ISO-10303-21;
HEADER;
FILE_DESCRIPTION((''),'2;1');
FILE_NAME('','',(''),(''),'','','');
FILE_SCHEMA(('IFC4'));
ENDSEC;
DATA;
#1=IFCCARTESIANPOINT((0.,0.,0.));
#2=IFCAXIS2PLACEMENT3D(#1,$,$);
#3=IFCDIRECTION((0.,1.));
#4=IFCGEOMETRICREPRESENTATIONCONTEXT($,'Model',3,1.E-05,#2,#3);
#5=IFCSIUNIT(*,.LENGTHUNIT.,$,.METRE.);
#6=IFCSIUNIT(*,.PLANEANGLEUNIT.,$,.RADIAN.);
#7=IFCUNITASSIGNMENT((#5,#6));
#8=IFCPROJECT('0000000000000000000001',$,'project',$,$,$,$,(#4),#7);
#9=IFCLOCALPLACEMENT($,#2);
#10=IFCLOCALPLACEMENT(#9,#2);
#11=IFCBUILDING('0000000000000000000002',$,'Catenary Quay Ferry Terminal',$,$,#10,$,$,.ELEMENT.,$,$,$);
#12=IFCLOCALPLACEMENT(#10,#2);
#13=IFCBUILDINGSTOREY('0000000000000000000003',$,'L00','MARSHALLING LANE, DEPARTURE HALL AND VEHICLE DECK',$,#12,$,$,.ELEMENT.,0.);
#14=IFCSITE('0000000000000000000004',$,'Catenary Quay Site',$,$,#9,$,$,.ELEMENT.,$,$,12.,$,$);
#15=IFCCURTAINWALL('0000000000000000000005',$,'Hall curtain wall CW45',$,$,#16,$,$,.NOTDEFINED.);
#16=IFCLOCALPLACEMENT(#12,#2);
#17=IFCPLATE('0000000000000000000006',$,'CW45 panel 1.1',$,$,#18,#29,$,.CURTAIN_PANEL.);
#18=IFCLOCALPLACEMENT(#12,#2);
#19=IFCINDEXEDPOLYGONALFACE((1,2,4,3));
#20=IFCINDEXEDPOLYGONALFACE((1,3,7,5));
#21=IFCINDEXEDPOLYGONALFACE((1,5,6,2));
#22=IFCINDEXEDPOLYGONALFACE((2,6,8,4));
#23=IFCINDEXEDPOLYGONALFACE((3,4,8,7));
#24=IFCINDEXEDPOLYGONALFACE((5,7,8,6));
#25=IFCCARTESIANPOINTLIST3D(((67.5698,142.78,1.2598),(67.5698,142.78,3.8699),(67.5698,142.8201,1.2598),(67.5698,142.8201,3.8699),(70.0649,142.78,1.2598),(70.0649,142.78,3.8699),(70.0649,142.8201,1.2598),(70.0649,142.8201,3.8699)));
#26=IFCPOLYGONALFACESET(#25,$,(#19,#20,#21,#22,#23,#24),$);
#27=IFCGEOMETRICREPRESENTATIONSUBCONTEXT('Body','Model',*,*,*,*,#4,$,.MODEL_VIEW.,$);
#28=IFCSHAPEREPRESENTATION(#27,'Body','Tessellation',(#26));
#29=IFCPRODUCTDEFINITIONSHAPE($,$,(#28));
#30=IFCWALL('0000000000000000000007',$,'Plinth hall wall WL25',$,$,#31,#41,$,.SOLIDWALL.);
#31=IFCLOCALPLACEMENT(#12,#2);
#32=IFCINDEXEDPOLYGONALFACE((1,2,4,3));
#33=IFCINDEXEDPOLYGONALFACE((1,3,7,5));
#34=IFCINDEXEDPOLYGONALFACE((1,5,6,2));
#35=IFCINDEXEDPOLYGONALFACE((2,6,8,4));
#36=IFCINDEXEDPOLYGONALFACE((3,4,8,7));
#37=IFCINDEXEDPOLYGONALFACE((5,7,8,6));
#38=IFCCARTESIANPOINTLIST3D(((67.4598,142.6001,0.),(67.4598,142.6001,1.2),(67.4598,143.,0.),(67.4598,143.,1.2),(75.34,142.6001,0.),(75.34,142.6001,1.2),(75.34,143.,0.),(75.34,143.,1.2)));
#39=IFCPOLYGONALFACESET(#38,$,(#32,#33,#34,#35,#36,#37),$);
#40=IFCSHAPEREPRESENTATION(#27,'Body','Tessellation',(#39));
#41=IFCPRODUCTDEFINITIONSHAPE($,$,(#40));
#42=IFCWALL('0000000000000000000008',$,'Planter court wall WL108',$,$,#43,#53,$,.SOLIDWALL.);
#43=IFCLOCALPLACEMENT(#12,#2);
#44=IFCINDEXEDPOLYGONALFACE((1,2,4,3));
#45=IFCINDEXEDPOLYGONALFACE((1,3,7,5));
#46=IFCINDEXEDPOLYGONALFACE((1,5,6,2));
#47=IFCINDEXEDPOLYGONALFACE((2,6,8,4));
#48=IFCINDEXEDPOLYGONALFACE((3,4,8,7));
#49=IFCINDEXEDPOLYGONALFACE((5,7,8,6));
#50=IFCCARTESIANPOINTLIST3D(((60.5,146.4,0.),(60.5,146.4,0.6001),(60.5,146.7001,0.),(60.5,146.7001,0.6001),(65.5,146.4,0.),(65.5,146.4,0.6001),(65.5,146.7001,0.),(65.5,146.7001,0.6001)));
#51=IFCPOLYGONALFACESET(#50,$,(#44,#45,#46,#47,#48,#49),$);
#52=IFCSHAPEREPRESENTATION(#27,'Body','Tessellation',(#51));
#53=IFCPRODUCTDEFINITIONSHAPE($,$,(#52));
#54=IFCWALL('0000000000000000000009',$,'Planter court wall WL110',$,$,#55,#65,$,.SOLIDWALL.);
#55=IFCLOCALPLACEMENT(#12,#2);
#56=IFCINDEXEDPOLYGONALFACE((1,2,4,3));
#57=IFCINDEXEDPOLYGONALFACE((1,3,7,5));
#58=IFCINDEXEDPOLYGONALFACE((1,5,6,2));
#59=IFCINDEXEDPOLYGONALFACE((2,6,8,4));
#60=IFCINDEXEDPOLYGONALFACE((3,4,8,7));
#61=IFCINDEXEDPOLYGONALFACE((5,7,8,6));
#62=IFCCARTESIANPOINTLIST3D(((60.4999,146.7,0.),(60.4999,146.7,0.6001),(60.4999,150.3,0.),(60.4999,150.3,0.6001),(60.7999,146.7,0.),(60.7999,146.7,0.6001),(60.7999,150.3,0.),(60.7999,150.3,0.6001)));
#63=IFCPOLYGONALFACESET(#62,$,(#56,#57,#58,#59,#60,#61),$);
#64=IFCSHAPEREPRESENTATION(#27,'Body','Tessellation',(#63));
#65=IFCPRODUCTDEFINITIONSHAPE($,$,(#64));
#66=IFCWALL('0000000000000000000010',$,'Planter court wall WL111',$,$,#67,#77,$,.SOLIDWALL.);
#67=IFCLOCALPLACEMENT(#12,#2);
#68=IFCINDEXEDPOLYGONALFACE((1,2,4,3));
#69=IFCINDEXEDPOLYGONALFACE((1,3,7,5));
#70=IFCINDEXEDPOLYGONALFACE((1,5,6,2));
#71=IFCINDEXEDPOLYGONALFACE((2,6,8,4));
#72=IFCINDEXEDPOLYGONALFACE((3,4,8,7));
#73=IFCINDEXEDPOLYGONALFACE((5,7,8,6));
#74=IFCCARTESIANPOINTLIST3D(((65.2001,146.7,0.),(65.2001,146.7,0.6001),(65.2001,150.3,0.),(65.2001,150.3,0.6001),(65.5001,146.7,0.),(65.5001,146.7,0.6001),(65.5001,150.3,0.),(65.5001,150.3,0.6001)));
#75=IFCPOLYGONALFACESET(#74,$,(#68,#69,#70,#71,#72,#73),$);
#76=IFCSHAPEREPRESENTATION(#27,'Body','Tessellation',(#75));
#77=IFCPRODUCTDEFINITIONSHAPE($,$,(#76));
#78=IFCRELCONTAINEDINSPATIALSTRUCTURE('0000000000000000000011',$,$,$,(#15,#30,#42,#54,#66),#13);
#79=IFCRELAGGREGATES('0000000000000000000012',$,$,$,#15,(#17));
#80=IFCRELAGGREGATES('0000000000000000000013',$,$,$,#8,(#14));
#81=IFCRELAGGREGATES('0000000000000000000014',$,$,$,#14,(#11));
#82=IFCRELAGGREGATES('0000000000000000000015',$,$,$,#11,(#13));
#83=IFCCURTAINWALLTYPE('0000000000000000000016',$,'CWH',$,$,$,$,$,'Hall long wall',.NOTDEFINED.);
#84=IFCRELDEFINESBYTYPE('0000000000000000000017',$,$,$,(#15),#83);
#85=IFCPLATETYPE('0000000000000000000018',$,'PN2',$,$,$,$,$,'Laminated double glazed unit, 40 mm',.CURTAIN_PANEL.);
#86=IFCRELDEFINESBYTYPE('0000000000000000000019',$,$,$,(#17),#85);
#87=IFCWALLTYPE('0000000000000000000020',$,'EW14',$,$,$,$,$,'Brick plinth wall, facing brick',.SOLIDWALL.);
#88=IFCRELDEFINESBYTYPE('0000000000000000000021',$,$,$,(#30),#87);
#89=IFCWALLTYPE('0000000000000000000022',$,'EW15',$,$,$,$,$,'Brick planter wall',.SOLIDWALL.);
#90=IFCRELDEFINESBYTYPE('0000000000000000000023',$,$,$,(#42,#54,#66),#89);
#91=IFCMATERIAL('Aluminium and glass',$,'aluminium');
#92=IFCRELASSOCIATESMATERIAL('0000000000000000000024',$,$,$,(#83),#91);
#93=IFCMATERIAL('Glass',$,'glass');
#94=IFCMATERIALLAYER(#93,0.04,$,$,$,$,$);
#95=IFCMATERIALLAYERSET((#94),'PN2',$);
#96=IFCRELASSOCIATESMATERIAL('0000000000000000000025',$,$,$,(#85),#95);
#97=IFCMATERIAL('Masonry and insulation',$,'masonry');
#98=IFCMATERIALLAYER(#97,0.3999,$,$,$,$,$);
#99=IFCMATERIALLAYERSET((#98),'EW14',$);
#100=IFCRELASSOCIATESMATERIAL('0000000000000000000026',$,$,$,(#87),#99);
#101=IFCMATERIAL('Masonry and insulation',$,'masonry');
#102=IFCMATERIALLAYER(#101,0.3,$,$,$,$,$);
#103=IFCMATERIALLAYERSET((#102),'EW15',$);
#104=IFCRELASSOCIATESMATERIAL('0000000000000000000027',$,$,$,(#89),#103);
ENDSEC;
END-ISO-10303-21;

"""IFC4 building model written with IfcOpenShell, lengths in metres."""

from ifc_helpers import new_model, si_unit, direction, frame, frame_2d, origin, origin_2d, place, context, subcontext, project, spatial, rectangle, extrude, material, layer, layer_set, type_object, element, aggregate, save


model = new_model("IFC4")

# Units and contexts
model_context = context("Model", 3, precision=1e-05, world=origin(), true_north=direction((0.0, 1.0)))
body_context = subcontext(model_context, "Body", "Model", "MODEL_VIEW")
ifc_project = project(units=[si_unit("LENGTHUNIT", "METRE"), si_unit("PLANEANGLEUNIT", "RADIAN")], contexts=[model_context])

# Site, building, storey
site_placement = place(None, origin())
site = spatial("IfcSite", under=ifc_project, at=site_placement, Name="Catenary Quay Site", CompositionType="ELEMENT", RefElevation=12.0)
building_placement = place(site_placement, origin())
building = spatial("IfcBuilding", under=site, at=building_placement, Name="Catenary Quay Ferry Terminal", CompositionType="ELEMENT")
storey_placement = place(building_placement, origin())
storey = spatial("IfcBuildingStorey", under=building, at=storey_placement, Name="L00", Description="MARSHALLING LANE, DEPARTURE HALL AND VEHICLE DECK", CompositionType="ELEMENT", Elevation=0.0)

# Shared definitions
ifc_material_1 = material(Name="Aluminium and glass", Category="aluminium")
curtain_wall_type = type_object("IfcCurtainWallType", Name="CWH", ElementType="Hall long wall", PredefinedType="NOTDEFINED", material=ifc_material_1)

# Curtain wall
curtain_wall_1_placement = place(storey_placement, origin())
curtain_wall_1 = element("IfcCurtainWall", 1, at=curtain_wall_1_placement, inside=storey, type_object=curtain_wall_type, Name="Hall curtain wall CW45", PredefinedType="NOTDEFINED")

# Plate
ifc_material_2 = material(Name="Glass", Category="glass")
ifc_layer_1 = layer(ifc_material_2, 0.04)
ifc_layer_set_1 = layer_set([ifc_layer_1], Name="PN2")
plate_type = type_object("IfcPlateType", Name="PN2", ElementType="Laminated double glazed unit, 40 mm", PredefinedType="CURTAIN_PANEL", material=ifc_layer_set_1)
plate_1_placement = place(storey_placement, frame((68.8174, 142.8, 1.2598), z_axis=(0.0, 0.0, 1.0), x_axis=(1.0, 0.0, 0.0)))
plate_1 = element("IfcPlate", 2, at=plate_1_placement, type_object=plate_type, Name="CW45 panel 1.1", PredefinedType="CURTAIN_PANEL", context=body_context, shape_type="SweptSolid", body=[
    extrude(rectangle(XDim=2.4951, YDim=0.04, at=origin_2d()), origin(), (0.0, 0.0, 1.0), 2.6101),
])
aggregate(curtain_wall_1, [plate_1])

# Walls
ifc_material_3 = material(Name="Masonry and insulation", Category="masonry")
ifc_layer_2 = layer(ifc_material_3, 0.3999)
ifc_layer_set_2 = layer_set([ifc_layer_2], Name="EW14")
wall_type_1 = type_object("IfcWallType", Name="EW14", ElementType="Brick plinth wall, facing brick", PredefinedType="SOLIDWALL", material=ifc_layer_set_2)
wall_1_placement = place(storey_placement, frame((67.46, 142.8, 0.0), z_axis=(0.0, 0.0, 1.0), x_axis=(1.0, 0.0, 0.0)))
element("IfcWall", 3, at=wall_1_placement, inside=storey, type_object=wall_type_1, Name="Plinth hall wall WL25", PredefinedType="SOLIDWALL", context=body_context, shape_type="SweptSolid", body=[
    extrude(rectangle(XDim=7.8801, YDim=0.3999, at=frame_2d((3.9399, 0.0))), origin(), (0.0, 0.0, 1.0), 1.2),
])
ifc_material_4 = material(Name="Masonry and insulation", Category="masonry")
ifc_layer_3 = layer(ifc_material_4, 0.3)
ifc_layer_set_3 = layer_set([ifc_layer_3], Name="EW15")
wall_type_2 = type_object("IfcWallType", Name="EW15", ElementType="Brick planter wall", PredefinedType="SOLIDWALL", material=ifc_layer_set_3)
wall_2_placement = place(storey_placement, frame((60.5, 146.55, 0.0), z_axis=(0.0, 0.0, 1.0), x_axis=(1.0, 0.0, 0.0)))
element("IfcWall", 4, at=wall_2_placement, inside=storey, type_object=wall_type_2, Name="Planter court wall WL108", PredefinedType="SOLIDWALL", context=body_context, shape_type="SweptSolid", body=[
    extrude(rectangle(XDim=5.0, YDim=0.3, at=frame_2d((2.5, 0.0))), origin(), (0.0, 0.0, 1.0), 0.6001),
])
for number, where, z_axis, x_axis, name in (
    (5, (60.6499, 146.7, 0.0), (0.0, 0.0, 1.0), (0.0, 1.0, 0.0), "Planter court wall WL110"),
    (6, (65.3501, 146.7, 0.0), (0.0, 0.0, 1.0), (0.0, 1.0, 0.0), "Planter court wall WL111"),
):
    element("IfcWall", number, at=place(storey_placement, frame(where, z_axis=z_axis, x_axis=x_axis)), inside=storey, type_object=wall_type_2, Name=name, PredefinedType="SOLIDWALL", context=body_context, shape_type="SweptSolid", body=[
        extrude(rectangle(XDim=3.6001, YDim=0.3, at=frame_2d((1.8, 0.0))), origin(), (0.0, 0.0, 1.0), 0.6001),
    ])

save(model, "model.ifc")
